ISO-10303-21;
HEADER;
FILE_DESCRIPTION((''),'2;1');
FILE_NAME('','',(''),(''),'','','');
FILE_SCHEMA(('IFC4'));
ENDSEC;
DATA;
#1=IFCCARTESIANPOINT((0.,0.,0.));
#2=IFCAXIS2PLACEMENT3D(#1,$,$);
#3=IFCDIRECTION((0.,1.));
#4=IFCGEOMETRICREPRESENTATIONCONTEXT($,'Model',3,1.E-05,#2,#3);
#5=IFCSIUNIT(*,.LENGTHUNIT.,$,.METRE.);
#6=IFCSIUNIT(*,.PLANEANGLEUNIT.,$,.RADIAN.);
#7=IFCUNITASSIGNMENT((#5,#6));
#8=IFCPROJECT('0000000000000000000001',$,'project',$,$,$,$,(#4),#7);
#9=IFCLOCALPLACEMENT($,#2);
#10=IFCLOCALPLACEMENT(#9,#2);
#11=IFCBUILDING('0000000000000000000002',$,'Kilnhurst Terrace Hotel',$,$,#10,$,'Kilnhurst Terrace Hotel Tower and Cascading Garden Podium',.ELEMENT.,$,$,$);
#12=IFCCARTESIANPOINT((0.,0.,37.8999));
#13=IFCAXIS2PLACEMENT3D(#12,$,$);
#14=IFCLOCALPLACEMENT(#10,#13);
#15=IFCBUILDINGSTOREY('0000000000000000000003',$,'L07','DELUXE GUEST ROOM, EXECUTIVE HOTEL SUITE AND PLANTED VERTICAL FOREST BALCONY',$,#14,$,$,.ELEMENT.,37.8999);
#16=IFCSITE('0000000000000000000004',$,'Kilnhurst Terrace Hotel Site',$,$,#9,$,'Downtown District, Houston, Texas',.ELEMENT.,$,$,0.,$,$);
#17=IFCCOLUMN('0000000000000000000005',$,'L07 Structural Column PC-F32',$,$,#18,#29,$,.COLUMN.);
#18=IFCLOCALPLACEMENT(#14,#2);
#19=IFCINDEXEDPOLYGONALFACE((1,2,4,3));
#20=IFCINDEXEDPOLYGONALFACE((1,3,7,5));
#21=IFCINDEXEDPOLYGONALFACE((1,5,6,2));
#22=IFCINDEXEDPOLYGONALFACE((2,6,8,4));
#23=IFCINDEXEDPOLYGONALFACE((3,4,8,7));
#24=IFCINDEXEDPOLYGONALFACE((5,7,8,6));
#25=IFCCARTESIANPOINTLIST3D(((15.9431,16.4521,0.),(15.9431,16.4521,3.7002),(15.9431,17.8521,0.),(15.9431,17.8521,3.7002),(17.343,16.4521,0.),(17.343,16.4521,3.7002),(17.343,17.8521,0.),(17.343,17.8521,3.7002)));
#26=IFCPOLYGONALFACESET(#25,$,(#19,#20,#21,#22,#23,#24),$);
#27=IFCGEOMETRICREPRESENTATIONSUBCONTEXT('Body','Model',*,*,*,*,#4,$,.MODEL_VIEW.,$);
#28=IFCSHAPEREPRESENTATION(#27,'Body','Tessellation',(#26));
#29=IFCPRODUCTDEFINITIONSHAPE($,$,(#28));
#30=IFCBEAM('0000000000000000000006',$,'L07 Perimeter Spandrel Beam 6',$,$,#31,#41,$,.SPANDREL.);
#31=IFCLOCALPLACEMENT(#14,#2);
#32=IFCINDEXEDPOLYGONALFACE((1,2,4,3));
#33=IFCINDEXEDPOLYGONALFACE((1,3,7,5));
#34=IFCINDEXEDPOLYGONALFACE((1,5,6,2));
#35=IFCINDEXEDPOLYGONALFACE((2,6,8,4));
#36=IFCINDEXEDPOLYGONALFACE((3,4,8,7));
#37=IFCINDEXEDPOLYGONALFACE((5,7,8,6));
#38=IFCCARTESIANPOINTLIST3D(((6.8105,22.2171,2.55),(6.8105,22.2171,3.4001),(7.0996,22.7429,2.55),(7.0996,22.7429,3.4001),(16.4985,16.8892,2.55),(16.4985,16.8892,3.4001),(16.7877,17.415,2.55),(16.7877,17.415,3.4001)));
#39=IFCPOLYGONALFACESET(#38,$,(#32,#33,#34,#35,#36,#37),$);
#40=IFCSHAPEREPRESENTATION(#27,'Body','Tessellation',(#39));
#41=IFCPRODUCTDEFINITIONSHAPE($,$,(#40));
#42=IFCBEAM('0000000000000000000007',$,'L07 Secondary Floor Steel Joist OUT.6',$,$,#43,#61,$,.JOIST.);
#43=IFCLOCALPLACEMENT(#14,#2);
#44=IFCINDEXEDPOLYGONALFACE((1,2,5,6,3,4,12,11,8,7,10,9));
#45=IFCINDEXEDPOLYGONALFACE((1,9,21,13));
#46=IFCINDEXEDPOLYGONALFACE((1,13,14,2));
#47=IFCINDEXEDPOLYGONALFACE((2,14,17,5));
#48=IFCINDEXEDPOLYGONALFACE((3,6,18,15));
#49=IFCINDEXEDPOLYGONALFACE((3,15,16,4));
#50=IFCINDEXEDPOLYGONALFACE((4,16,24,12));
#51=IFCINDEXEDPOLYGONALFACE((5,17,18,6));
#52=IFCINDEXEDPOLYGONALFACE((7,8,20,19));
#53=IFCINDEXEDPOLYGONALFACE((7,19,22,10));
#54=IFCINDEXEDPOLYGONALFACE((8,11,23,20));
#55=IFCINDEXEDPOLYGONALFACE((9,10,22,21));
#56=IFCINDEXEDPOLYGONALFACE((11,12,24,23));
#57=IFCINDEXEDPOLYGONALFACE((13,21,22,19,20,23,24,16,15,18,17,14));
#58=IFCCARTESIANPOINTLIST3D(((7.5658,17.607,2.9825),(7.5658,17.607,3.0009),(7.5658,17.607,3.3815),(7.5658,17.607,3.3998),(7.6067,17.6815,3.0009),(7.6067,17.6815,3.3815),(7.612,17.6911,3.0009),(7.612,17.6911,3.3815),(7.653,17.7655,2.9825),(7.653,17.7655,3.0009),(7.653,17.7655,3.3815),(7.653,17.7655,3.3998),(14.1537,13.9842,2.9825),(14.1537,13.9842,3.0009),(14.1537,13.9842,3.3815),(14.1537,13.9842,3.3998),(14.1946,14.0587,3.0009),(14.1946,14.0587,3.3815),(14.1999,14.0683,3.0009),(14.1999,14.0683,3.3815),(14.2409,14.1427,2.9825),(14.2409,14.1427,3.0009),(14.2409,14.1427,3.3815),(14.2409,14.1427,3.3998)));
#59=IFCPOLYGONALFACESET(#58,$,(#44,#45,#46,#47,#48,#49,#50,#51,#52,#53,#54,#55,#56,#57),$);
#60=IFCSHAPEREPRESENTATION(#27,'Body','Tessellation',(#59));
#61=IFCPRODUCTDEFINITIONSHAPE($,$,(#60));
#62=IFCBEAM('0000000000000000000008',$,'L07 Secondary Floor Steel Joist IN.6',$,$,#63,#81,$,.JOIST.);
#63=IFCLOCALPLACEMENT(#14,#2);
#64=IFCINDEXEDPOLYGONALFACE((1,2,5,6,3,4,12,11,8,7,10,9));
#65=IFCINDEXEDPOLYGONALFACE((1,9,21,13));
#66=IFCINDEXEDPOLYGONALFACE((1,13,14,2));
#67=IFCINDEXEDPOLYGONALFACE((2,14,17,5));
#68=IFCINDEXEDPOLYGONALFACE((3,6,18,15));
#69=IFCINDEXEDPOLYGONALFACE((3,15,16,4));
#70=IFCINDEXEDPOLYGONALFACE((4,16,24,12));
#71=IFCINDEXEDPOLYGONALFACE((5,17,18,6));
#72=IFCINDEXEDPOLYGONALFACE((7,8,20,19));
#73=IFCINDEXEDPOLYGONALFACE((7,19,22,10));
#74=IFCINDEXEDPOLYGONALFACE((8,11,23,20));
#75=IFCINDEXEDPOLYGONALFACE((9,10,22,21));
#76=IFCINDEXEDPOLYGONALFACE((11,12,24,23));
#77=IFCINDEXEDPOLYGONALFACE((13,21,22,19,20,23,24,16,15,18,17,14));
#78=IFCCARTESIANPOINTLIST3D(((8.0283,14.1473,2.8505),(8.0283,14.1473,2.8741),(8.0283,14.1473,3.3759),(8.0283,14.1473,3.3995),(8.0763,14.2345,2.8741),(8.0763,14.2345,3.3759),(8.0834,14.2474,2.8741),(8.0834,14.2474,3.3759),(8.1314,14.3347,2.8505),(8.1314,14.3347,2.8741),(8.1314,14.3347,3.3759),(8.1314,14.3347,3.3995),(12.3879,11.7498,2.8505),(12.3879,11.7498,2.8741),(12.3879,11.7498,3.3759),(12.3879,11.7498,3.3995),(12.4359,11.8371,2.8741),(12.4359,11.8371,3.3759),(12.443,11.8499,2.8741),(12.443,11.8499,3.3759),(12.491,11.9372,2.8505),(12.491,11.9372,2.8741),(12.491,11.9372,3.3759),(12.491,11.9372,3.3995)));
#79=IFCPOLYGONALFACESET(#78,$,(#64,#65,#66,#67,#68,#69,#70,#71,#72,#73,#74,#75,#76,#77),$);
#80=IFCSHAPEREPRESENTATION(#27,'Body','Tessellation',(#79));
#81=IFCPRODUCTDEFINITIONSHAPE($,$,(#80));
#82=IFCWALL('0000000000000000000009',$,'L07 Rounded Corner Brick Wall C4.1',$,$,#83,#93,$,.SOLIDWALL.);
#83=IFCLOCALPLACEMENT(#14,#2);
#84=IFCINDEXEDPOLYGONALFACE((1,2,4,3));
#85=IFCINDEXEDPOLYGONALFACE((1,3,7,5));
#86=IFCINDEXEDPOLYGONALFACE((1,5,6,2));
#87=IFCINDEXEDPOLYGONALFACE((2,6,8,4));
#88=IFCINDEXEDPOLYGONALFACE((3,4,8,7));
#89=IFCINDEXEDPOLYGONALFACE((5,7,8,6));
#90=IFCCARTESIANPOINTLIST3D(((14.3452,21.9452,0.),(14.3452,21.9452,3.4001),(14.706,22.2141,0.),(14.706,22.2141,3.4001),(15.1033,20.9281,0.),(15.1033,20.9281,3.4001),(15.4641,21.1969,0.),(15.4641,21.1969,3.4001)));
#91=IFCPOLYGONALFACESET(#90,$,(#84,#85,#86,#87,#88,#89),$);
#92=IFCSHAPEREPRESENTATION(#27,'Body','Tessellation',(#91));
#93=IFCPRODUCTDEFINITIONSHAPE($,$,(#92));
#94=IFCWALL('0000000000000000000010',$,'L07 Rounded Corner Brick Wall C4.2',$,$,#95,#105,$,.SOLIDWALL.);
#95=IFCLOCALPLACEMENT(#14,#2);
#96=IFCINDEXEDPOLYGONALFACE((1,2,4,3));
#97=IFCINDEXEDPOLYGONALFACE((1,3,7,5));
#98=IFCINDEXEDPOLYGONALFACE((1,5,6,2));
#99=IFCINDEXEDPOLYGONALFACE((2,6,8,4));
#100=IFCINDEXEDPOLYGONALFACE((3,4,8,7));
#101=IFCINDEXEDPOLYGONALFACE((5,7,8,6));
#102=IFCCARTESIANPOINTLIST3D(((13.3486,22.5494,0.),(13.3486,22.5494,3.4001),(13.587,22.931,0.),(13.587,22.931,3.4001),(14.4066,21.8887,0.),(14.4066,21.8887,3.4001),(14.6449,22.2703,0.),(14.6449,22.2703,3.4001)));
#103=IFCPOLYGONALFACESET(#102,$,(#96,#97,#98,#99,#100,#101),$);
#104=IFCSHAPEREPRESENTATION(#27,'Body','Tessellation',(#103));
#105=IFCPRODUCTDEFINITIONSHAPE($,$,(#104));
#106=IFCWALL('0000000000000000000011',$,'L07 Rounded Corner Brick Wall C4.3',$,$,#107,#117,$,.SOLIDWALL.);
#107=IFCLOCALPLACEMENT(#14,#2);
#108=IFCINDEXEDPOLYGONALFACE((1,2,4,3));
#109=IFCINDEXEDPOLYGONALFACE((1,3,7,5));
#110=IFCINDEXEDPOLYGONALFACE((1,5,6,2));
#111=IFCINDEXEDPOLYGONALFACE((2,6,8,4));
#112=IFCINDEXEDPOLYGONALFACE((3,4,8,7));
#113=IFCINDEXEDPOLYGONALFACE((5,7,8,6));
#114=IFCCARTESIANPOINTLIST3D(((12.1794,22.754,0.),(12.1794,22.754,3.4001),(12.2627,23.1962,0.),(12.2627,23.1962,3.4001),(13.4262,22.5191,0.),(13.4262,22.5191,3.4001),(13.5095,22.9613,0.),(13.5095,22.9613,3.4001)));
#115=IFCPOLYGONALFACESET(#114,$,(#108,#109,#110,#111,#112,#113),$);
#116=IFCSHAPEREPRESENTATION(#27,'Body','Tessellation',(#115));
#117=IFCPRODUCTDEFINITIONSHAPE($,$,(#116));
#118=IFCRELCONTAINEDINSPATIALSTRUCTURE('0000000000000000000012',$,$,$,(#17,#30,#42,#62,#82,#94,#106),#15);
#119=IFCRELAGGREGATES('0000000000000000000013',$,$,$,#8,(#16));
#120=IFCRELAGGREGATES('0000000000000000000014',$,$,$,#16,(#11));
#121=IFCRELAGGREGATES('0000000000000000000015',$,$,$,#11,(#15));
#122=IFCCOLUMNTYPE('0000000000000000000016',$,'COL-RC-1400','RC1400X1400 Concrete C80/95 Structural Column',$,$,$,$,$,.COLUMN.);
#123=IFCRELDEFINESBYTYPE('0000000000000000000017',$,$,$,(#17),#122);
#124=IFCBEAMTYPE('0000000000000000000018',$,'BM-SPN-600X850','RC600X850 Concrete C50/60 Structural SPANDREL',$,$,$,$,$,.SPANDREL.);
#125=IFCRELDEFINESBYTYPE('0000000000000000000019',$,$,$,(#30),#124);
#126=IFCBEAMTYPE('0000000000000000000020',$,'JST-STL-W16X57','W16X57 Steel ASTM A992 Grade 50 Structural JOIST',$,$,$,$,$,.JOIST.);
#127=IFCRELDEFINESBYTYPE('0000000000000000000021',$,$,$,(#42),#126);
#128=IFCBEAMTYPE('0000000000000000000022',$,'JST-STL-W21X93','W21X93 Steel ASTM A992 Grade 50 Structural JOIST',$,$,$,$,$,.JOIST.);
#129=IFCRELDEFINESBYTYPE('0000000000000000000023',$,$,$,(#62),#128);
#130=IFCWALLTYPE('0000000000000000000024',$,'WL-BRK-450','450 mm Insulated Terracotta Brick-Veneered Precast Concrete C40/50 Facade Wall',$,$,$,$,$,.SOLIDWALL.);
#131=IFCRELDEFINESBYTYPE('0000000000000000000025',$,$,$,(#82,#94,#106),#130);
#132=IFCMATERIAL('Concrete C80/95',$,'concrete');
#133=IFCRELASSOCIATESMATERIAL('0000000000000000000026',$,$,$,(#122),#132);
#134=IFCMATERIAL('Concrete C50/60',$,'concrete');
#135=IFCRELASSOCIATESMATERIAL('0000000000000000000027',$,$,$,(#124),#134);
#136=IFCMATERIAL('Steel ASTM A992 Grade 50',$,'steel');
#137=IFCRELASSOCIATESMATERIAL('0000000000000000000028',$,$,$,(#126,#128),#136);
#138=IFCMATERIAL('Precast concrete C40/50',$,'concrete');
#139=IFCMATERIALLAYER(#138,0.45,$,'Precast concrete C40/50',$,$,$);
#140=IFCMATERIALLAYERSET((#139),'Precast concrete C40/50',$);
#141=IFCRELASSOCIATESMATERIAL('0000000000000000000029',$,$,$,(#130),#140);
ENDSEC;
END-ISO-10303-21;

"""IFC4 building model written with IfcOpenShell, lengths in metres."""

from ifc_helpers import new_model, si_unit, direction, frame, frame_2d, origin, origin_2d, place, context, subcontext, project, spatial, rectangle, i_section, extrude, material, layer, layer_set, material_profile, profile_set, type_object, element, save


model = new_model("IFC4")

# Units and contexts
model_context = context("Model", 3, precision=1e-05, world=origin(), true_north=direction((0.0, 1.0)))
body_context = subcontext(model_context, "Body", "Model", "MODEL_VIEW")
ifc_project = project(units=[si_unit("LENGTHUNIT", "METRE"), si_unit("PLANEANGLEUNIT", "RADIAN")], contexts=[model_context])

# Site, building, storey
site_placement = place(None, origin())
site = spatial("IfcSite", under=ifc_project, at=site_placement, Name="Kilnhurst Terrace Hotel Site", LongName="Downtown District, Houston, Texas", CompositionType="ELEMENT", RefElevation=0.0)
building_placement = place(site_placement, origin())
building = spatial("IfcBuilding", under=site, at=building_placement, Name="Kilnhurst Terrace Hotel", LongName="Kilnhurst Terrace Hotel Tower and Cascading Garden Podium", CompositionType="ELEMENT")
storey_placement = place(building_placement, frame((0.0, 0.0, 37.8999)))
storey = spatial("IfcBuildingStorey", under=building, at=storey_placement, Name="L07", Description="DELUXE GUEST ROOM, EXECUTIVE HOTEL SUITE AND PLANTED VERTICAL FOREST BALCONY", CompositionType="ELEMENT", Elevation=37.8999)

# Column
ifc_material_1 = material(Name="Concrete C80/95", Category="concrete")
ifc_material_profile_1 = material_profile(ifc_material_1, rectangle(XDim=1.3999, YDim=1.3999, at=origin_2d()), Name="RC1400X1400")
ifc_profile_set_1 = profile_set([ifc_material_profile_1], Name="Concrete C80/95")
column_type = type_object("IfcColumnType", Name="COL-RC-1400", Description="RC1400X1400 Concrete C80/95 Structural Column", PredefinedType="COLUMN", material=ifc_profile_set_1)
column_placement = place(storey_placement, frame((16.6431, 17.1521, 0.0), z_axis=(0.0, 0.0, 1.0), x_axis=(1.0, 0.0, 0.0)))
element("IfcColumn", 1, at=column_placement, inside=storey, type_object=column_type, Name="L07 Structural Column PC-F32", PredefinedType="COLUMN", context=body_context, shape_type="SweptSolid", body=[
    extrude(rectangle(XDim=1.3999, YDim=1.3999, at=origin_2d()), origin(), (0.0, 0.0, 1.0), 3.7002),
])

# Beams
ifc_material_2 = material(Name="Concrete C50/60", Category="concrete")
ifc_material_profile_2 = material_profile(ifc_material_2, rectangle(XDim=0.6001, YDim=0.8501, at=origin_2d()), Name="RC600X850")
ifc_profile_set_2 = profile_set([ifc_material_profile_2], Name="Concrete C50/60")
beam_type_1 = type_object("IfcBeamType", Name="BM-SPN-600X850", Description="RC600X850 Concrete C50/60 Structural SPANDREL", PredefinedType="SPANDREL", material=ifc_profile_set_2)
beam_1_placement = place(storey_placement, frame((16.6431, 17.1521, 2.9751), z_axis=(-0.876235, 0.481883, 0.0), x_axis=(-0.481883, -0.876235, 0.0)))
element("IfcBeam", 2, at=beam_1_placement, inside=storey, type_object=beam_type_1, Name="L07 Perimeter Spandrel Beam 6", PredefinedType="SPANDREL", context=body_context, shape_type="SweptSolid", body=[
    extrude(rectangle(XDim=0.6001, YDim=0.8501, at=origin_2d()), origin(), (0.0, 0.0, 1.0), 11.0564),
])
ifc_material_3 = material(Name="Steel ASTM A992 Grade 50", Category="steel")
ifc_material_profile_3 = material_profile(ifc_material_3, i_section(OverallWidth=0.1809, OverallDepth=0.4172, WebThickness=0.011, FlangeThickness=0.0183, at=origin_2d()), Name="W16X57")
ifc_profile_set_3 = profile_set([ifc_material_profile_3], Name="Steel ASTM A992 Grade 50")
beam_type_2 = type_object("IfcBeamType", Name="JST-STL-W16X57", Description="W16X57 Steel ASTM A992 Grade 50 Structural JOIST", PredefinedType="JOIST", material=ifc_profile_set_3)
beam_2_placement = place(storey_placement, frame((14.1973, 14.0635, 3.1912), z_axis=(-0.876246, 0.481864, 0.0), x_axis=(-0.481864, -0.876246, 0.0)))
element("IfcBeam", 3, at=beam_2_placement, inside=storey, type_object=beam_type_2, Name="L07 Secondary Floor Steel Joist OUT.6", PredefinedType="JOIST", context=body_context, shape_type="SweptSolid", body=[
    extrude(i_section(OverallWidth=0.1809, OverallDepth=0.4172, WebThickness=0.011, FlangeThickness=0.0183, at=origin_2d()), origin(), (0.0, 0.0, 1.0), 7.5183),
])
ifc_material_profile_4 = material_profile(ifc_material_3, i_section(OverallWidth=0.2139, OverallDepth=0.5491, WebThickness=0.0146, FlangeThickness=0.0237, at=origin_2d()), Name="W21X93")
ifc_profile_set_4 = profile_set([ifc_material_profile_4], Name="Steel ASTM A992 Grade 50")
beam_type_3 = type_object("IfcBeamType", Name="JST-STL-W21X93", Description="W21X93 Steel ASTM A992 Grade 50 Structural JOIST", PredefinedType="JOIST", material=ifc_profile_set_4)
beam_3_placement = place(storey_placement, frame((12.4395, 11.8435, 3.125), z_axis=(-0.876244, 0.481868, 0.0), x_axis=(-0.481868, -0.876244, 0.0)))
element("IfcBeam", 4, at=beam_3_placement, inside=storey, type_object=beam_type_3, Name="L07 Secondary Floor Steel Joist IN.6", PredefinedType="JOIST", context=body_context, shape_type="SweptSolid", body=[
    extrude(i_section(OverallWidth=0.2139, OverallDepth=0.5491, WebThickness=0.0146, FlangeThickness=0.0237, at=origin_2d()), origin(), (0.0, 0.0, 1.0), 4.9753),
])

# Walls
ifc_material_4 = material(Name="Precast concrete C40/50", Category="concrete")
ifc_layer_1 = layer(ifc_material_4, 0.45, Name="Precast concrete C40/50")
ifc_layer_set_1 = layer_set([ifc_layer_1], Name="Precast concrete C40/50")
wall_type_1 = type_object("IfcWallType", Name="WL-BRK-450", Description="450 mm Insulated Terracotta Brick-Veneered Precast Concrete C40/50 Facade Wall", PredefinedType="SOLIDWALL", material=ifc_layer_set_1)
wall_1_placement = place(storey_placement, frame((15.2837, 21.0625, 0.0), z_axis=(0.0, 0.0, 1.0), x_axis=(-0.597595, 0.801798, 0.0)))
element("IfcWall", 5, at=wall_1_placement, inside=storey, type_object=wall_type_1, Name="L07 Rounded Corner Brick Wall C4.1", PredefinedType="SOLIDWALL", context=body_context, shape_type="SweptSolid", body=[
    extrude(rectangle(XDim=1.2686, YDim=0.45, at=frame_2d((0.6343, 0.0))), origin(), (0.0, 0.0, 1.0), 3.4001),
])
wall_2_placement = place(storey_placement, frame((14.5256, 22.0796, 0.0), z_axis=(0.0, 0.0, 1.0), x_axis=(-0.848185, 0.5297, 0.0)))
element("IfcWall", 6, at=wall_2_placement, inside=storey, type_object=wall_type_1, Name="L07 Rounded Corner Brick Wall C4.2", PredefinedType="SOLIDWALL", context=body_context, shape_type="SweptSolid", body=[
    extrude(rectangle(XDim=1.2473, YDim=0.45, at=frame_2d((0.6235, 0.0))), origin(), (0.0, 0.0, 1.0), 3.4001),
])
wall_3_placement = place(storey_placement, frame((13.4678, 22.7402, 0.0), z_axis=(0.0, 0.0, 1.0), x_axis=(-0.982717, 0.185113, 0.0)))
element("IfcWall", 7, at=wall_3_placement, inside=storey, type_object=wall_type_1, Name="L07 Rounded Corner Brick Wall C4.3", PredefinedType="SOLIDWALL", context=body_context, shape_type="SweptSolid", body=[
    extrude(rectangle(XDim=1.2688, YDim=0.45, at=frame_2d((0.6343, 0.0))), origin(), (0.0, 0.0, 1.0), 3.4001),
])

save(model, "model.ifc")
